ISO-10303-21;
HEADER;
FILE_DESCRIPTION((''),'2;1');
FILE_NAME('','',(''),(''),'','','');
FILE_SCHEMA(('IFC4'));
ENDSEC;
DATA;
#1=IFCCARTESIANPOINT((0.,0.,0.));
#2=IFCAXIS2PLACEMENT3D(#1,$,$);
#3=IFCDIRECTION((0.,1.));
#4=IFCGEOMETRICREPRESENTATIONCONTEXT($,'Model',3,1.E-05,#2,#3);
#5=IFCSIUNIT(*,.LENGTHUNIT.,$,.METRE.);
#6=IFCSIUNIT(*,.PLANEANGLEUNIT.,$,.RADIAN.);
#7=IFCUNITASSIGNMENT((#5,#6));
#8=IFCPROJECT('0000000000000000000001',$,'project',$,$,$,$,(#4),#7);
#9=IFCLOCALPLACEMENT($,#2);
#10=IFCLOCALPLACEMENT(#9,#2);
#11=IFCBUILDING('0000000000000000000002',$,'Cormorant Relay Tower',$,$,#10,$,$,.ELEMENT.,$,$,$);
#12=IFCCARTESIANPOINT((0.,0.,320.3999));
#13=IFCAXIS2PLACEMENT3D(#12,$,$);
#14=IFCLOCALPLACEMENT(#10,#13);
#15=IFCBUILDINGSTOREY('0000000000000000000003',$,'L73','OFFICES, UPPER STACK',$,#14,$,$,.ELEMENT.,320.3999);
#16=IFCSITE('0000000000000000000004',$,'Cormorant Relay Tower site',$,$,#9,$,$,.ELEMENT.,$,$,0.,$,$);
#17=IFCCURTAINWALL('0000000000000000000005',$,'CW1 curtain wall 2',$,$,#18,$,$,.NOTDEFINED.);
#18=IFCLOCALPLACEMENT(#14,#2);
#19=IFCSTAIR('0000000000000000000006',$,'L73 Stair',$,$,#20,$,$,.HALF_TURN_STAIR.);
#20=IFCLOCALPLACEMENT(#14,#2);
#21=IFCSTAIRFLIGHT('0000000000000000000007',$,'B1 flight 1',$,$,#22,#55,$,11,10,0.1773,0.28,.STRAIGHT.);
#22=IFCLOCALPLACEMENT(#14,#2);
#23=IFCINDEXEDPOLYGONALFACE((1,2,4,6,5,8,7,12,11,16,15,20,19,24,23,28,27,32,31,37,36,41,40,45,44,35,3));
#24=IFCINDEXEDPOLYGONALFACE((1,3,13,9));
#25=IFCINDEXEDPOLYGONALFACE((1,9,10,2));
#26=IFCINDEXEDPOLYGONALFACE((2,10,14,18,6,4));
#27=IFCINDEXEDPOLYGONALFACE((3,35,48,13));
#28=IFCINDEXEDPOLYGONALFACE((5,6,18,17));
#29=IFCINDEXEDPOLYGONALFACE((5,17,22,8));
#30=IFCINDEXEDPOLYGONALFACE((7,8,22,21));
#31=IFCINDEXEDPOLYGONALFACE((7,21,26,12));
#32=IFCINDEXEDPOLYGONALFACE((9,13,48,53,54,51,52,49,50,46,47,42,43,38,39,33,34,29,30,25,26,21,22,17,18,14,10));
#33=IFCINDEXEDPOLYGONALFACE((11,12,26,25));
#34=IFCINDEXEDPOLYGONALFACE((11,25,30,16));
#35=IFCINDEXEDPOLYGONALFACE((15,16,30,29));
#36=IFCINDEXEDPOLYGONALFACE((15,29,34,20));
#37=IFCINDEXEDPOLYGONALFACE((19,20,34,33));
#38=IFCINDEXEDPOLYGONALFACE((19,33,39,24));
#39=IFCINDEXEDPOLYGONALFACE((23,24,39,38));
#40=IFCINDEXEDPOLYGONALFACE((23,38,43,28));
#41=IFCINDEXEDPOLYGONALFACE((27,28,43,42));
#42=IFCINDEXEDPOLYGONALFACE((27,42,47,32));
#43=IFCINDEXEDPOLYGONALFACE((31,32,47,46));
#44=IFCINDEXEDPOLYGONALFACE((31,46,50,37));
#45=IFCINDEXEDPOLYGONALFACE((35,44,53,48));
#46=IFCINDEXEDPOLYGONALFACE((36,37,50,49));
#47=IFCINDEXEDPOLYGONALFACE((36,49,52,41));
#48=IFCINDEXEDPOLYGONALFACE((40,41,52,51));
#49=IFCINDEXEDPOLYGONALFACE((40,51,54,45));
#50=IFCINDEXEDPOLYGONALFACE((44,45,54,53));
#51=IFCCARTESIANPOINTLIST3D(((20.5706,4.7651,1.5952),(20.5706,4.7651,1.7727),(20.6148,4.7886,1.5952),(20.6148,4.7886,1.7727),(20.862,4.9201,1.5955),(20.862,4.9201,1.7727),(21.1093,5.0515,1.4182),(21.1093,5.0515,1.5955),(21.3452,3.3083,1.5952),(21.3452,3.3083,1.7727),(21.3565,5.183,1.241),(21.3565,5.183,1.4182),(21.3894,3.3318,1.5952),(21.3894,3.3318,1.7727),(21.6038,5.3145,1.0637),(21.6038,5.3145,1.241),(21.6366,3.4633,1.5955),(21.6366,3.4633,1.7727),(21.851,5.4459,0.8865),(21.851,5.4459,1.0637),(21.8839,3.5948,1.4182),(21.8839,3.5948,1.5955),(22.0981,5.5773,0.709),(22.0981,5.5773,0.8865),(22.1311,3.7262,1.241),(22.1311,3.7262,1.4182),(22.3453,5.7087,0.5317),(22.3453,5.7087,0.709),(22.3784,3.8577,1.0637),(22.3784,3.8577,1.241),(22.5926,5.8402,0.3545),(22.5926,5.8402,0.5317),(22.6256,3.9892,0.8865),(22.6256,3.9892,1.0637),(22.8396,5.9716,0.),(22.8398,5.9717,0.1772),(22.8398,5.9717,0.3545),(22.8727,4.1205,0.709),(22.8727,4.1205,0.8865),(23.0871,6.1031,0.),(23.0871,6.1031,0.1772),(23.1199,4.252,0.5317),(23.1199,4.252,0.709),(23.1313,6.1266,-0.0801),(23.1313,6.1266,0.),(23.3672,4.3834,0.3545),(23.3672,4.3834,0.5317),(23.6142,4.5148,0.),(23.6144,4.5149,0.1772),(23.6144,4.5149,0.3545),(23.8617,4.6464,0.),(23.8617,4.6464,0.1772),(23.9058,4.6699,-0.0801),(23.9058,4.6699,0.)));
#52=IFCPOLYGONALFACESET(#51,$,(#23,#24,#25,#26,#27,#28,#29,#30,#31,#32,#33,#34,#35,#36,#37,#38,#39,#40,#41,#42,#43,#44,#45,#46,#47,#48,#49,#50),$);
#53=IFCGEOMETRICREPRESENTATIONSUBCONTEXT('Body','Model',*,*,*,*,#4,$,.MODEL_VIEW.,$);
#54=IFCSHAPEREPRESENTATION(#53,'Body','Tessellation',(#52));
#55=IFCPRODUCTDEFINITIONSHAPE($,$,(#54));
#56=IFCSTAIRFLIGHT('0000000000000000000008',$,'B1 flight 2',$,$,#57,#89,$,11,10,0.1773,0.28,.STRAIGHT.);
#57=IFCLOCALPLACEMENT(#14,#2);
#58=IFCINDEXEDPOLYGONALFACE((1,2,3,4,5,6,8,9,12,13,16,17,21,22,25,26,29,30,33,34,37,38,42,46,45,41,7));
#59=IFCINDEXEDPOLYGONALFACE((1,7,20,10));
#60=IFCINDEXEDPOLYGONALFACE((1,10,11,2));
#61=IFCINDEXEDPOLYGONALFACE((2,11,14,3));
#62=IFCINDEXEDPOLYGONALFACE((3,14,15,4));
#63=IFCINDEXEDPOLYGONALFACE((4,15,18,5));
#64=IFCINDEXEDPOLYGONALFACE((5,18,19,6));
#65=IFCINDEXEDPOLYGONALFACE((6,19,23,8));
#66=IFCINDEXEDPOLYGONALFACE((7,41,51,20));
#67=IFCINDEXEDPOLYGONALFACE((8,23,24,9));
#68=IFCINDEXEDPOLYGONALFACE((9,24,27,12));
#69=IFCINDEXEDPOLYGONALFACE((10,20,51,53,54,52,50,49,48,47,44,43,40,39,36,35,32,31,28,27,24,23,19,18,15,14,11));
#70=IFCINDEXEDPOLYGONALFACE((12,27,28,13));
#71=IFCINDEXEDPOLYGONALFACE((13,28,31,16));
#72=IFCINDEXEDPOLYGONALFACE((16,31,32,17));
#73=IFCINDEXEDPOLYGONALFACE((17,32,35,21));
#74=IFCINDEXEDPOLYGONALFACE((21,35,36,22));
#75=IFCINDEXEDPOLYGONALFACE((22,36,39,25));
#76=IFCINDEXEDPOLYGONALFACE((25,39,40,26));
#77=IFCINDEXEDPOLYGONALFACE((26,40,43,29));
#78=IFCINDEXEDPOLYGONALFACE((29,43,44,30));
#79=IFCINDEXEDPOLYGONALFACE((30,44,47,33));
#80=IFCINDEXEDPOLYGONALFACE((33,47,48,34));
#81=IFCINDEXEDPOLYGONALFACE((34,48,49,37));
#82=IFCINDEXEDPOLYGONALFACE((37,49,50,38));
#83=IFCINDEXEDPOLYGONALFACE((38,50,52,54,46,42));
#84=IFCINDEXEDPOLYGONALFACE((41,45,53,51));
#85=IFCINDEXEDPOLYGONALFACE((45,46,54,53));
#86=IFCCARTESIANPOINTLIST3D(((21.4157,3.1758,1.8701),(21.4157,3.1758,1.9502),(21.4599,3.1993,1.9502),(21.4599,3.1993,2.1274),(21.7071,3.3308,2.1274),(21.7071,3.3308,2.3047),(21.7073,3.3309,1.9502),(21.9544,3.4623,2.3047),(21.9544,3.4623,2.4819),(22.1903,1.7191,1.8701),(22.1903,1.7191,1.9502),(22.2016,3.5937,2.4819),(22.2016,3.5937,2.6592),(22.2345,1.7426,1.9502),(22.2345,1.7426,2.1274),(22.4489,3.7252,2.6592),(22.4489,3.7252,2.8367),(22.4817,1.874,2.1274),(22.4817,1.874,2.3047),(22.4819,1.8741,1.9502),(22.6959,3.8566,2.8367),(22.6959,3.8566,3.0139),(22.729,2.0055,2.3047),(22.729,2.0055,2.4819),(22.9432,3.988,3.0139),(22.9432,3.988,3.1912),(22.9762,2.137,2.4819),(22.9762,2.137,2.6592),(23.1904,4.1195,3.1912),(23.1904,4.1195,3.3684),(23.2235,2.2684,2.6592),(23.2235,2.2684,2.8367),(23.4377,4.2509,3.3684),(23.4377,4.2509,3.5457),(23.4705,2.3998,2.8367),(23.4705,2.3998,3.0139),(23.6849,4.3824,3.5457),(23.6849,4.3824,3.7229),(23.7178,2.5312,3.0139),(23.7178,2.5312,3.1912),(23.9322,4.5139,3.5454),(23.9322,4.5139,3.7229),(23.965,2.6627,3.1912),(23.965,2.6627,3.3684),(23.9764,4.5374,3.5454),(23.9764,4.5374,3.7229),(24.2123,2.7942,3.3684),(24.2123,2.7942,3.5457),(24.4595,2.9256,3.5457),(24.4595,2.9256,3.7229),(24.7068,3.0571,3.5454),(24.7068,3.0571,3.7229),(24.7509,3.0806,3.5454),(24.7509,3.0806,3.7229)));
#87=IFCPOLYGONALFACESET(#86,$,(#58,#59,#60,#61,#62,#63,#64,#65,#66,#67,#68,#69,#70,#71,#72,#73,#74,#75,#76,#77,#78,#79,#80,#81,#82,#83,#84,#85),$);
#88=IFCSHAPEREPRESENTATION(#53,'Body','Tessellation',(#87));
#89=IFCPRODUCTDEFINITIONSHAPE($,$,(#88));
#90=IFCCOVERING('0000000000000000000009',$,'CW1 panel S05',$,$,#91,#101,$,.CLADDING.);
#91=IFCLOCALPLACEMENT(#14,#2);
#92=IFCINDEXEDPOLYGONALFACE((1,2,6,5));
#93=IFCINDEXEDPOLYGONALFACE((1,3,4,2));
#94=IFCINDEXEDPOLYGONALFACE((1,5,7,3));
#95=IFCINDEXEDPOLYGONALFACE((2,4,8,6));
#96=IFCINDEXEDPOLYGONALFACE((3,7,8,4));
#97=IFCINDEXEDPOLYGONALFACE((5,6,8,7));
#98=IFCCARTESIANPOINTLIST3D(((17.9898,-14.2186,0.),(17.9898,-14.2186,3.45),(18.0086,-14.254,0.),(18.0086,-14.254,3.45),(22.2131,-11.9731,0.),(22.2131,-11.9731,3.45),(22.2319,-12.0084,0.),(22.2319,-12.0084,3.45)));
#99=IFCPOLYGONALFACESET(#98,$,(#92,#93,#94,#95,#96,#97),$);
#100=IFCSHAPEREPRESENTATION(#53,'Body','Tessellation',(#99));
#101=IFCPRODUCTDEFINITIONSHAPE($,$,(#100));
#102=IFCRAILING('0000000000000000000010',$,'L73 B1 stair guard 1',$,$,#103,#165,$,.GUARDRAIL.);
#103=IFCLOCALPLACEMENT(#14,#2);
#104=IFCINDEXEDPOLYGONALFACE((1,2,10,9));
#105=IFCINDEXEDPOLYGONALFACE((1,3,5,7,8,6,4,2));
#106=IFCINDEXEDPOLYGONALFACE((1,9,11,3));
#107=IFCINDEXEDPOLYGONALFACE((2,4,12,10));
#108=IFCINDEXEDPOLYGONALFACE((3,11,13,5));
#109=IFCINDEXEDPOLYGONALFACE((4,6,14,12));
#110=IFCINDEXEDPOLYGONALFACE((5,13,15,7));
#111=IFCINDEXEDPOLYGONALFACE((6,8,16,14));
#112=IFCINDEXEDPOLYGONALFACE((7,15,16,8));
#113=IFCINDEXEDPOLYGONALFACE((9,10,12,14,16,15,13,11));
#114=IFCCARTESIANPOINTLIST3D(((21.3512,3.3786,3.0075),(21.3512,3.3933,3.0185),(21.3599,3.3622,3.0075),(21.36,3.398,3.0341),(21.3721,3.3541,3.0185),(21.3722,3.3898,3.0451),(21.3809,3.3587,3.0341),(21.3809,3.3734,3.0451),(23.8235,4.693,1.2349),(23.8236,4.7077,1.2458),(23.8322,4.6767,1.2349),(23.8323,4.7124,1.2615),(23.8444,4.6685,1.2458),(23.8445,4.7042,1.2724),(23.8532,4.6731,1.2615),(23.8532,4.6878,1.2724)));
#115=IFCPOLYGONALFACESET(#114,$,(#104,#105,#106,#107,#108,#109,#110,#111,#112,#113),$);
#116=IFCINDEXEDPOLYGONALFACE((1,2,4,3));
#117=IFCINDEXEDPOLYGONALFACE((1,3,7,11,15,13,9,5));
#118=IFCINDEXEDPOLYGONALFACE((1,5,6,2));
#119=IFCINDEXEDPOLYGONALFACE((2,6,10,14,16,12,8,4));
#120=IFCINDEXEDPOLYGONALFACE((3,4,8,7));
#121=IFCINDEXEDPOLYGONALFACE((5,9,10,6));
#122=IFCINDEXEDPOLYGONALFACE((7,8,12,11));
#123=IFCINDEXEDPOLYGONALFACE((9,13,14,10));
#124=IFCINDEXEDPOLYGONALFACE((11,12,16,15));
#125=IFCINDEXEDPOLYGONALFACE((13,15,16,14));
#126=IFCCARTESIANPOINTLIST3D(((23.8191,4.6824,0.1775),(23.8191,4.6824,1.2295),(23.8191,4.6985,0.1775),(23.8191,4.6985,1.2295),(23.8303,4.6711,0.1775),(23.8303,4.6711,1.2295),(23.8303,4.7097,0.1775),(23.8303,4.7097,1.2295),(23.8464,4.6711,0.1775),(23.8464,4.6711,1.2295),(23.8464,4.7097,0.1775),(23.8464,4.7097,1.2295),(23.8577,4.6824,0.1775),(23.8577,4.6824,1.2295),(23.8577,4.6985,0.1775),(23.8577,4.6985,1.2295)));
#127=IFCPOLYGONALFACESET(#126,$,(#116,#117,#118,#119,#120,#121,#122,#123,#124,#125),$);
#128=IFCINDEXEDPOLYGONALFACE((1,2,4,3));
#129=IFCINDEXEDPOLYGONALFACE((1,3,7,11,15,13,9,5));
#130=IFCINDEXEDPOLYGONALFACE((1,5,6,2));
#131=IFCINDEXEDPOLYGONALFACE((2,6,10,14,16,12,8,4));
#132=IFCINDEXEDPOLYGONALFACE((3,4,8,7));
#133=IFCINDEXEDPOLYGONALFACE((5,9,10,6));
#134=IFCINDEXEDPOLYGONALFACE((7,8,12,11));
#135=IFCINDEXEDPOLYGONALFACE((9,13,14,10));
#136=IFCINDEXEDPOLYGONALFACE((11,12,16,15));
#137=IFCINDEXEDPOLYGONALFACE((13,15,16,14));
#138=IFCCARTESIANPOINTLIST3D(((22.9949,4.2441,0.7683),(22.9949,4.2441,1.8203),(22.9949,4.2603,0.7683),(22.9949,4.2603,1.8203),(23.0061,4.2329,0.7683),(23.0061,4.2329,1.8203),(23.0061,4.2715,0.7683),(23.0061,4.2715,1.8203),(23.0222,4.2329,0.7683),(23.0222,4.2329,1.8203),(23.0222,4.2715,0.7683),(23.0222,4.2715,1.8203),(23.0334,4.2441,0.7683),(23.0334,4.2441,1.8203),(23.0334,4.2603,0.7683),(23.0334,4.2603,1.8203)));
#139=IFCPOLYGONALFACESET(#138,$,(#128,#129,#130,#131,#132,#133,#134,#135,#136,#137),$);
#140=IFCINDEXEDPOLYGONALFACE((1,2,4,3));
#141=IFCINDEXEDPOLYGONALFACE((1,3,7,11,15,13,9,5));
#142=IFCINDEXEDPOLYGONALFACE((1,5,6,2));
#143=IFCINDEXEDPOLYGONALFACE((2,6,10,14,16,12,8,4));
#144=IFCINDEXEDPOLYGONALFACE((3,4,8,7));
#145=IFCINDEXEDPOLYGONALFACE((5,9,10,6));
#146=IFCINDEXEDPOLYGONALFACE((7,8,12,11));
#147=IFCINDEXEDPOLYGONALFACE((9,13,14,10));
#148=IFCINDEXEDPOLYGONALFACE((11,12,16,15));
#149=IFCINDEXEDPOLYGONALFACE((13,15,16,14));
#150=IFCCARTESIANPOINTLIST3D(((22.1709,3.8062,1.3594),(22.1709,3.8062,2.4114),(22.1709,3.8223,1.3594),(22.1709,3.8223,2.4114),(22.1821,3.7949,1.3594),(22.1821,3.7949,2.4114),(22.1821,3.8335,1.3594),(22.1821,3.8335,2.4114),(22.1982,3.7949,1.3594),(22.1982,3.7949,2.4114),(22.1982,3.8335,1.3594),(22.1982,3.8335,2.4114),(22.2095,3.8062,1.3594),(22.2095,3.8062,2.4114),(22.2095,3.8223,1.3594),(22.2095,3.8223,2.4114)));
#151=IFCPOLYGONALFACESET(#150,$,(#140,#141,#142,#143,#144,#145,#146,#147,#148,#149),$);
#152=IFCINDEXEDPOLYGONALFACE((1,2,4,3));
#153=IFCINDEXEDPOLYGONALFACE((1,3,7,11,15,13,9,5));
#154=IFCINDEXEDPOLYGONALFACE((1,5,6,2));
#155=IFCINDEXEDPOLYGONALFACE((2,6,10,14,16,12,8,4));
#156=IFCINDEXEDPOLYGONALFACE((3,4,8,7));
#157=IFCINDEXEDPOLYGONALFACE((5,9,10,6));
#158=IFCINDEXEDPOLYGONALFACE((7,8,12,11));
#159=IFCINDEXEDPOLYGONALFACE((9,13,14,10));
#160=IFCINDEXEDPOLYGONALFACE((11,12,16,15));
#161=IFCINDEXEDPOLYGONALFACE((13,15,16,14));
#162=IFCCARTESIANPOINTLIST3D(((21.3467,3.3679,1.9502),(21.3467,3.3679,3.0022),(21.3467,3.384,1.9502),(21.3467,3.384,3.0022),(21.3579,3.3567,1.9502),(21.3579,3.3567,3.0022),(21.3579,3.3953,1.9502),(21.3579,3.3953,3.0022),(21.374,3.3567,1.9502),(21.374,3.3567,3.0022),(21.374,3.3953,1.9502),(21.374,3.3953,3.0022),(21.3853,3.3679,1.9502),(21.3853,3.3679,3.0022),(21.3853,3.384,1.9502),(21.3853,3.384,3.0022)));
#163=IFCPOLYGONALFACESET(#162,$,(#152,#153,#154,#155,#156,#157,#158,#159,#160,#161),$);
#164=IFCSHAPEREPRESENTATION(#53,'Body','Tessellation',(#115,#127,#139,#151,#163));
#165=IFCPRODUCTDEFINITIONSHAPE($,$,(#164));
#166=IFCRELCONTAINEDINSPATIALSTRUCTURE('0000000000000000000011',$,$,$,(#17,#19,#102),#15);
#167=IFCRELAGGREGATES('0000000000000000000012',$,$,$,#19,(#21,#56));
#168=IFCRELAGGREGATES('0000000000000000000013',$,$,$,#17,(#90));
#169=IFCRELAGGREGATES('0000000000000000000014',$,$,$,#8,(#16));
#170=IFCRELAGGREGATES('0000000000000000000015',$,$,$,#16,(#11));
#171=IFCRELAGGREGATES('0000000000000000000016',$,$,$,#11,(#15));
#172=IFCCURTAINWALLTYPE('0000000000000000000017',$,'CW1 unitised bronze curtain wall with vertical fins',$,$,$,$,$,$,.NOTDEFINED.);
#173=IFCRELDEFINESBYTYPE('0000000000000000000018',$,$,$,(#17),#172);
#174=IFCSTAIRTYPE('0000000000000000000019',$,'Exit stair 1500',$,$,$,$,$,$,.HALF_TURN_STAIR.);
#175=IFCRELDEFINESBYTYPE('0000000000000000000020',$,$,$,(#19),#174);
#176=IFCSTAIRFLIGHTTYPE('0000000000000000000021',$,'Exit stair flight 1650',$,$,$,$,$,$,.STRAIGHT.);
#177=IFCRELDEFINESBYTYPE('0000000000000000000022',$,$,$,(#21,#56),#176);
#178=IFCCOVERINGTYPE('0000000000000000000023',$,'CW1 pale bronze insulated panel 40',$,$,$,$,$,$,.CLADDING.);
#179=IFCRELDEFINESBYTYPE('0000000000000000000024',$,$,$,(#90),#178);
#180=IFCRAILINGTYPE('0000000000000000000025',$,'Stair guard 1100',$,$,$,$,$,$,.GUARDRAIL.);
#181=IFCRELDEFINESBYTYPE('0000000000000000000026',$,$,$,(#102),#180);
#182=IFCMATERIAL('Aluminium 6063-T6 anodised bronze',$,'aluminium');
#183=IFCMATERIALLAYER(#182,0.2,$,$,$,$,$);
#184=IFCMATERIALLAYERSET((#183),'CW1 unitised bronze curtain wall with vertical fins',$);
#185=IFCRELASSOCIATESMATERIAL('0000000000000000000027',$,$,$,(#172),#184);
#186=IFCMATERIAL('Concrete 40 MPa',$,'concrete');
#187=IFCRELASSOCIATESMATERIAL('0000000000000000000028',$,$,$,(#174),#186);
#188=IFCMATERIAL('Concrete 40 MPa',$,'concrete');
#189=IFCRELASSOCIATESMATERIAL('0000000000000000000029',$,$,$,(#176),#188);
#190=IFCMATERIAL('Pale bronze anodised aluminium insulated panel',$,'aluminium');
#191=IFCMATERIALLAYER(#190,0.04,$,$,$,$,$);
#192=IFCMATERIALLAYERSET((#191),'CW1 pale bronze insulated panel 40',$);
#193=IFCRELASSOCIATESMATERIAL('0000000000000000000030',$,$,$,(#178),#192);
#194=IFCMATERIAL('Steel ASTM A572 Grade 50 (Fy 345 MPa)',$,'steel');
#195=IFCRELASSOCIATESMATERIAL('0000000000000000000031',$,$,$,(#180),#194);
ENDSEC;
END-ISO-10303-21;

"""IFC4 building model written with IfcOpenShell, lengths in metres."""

from ifc_helpers import new_model, si_unit, direction, frame, origin, origin_2d, place, context, subcontext, project, spatial, polyline, rectangle, outline, extrude, material, layer, layer_set, type_object, element, aggregate, save


model = new_model("IFC4")

# Units and contexts
model_context = context("Model", 3, precision=1e-05, world=origin(), true_north=direction((0.0, 1.0)))
body_context = subcontext(model_context, "Body", "Model", "MODEL_VIEW")
ifc_project = project(units=[si_unit("LENGTHUNIT", "METRE"), si_unit("PLANEANGLEUNIT", "RADIAN")], contexts=[model_context])

# Site, building, storey
site_placement = place(None, origin())
site = spatial("IfcSite", under=ifc_project, at=site_placement, Name="Cormorant Relay Tower site", CompositionType="ELEMENT", RefElevation=0.0)
building_placement = place(site_placement, origin())
building = spatial("IfcBuilding", under=site, at=building_placement, Name="Cormorant Relay Tower", CompositionType="ELEMENT")
storey_placement = place(building_placement, frame((0.0, 0.0, 320.3999)))
storey = spatial("IfcBuildingStorey", under=building, at=storey_placement, Name="L73", Description="OFFICES, UPPER STACK", CompositionType="ELEMENT", Elevation=320.3999)

# Curtain wall
ifc_material_1 = material(Name="Aluminium 6063-T6 anodised bronze", Category="aluminium")
ifc_layer_1 = layer(ifc_material_1, 0.2)
ifc_layer_set_1 = layer_set([ifc_layer_1], Name="CW1 unitised bronze curtain wall with vertical fins")
curtain_wall_type = type_object("IfcCurtainWallType", Name="CW1 unitised bronze curtain wall with vertical fins", PredefinedType="NOTDEFINED", material=ifc_layer_set_1)
curtain_wall_placement = place(storey_placement, origin())
curtain_wall = element("IfcCurtainWall", 1, at=curtain_wall_placement, inside=storey, type_object=curtain_wall_type, Name="CW1 curtain wall 2", PredefinedType="NOTDEFINED")

# Stair, stair flights
ifc_material_2 = material(Name="Concrete 40 MPa", Category="concrete")
stair_type = type_object("IfcStairType", Name="Exit stair 1500", PredefinedType="HALF_TURN_STAIR", material=ifc_material_2)
stair_placement = place(storey_placement, origin())
stair = element("IfcStair", 2, at=stair_placement, inside=storey, type_object=stair_type, Name="L73 Stair", PredefinedType="HALF_TURN_STAIR")
ifc_material_3 = material(Name="Concrete 40 MPa", Category="concrete")
stair_flight_type = type_object("IfcStairFlightType", Name="Exit stair flight 1650", PredefinedType="STRAIGHT", material=ifc_material_3)
stair_flight_1_placement = place(storey_placement, frame((23.4744, 5.3748, 0.0), z_axis=(0.0, 0.0, 1.0), x_axis=(-0.882948, -0.469472, 0.0)))
stair_flight_1 = element("IfcStairFlight", 3, at=stair_flight_1_placement, type_object=stair_flight_type, Name="B1 flight 1", NumberOfRisers=11, NumberOfTreads=10, PredefinedType="STRAIGHT", RiserHeight=0.1773, TreadLength=0.28, context=body_context, shape_type="SweptSolid", body=[
    extrude(outline(polyline([(-0.05, -0.0801), (-0.05, 0.0), (0.0, 0.0), (0.0, 0.1772), (0.28, 0.1772), (0.28, 0.3545), (0.5601, 0.3545), (0.5601, 0.5317), (0.8401, 0.5317), (0.8401, 0.709), (1.1201, 0.709), (1.1201, 0.8865), (1.3999, 0.8865), (1.3999, 1.0637), (1.6799, 1.0637), (1.6799, 1.241), (1.96, 1.241), (1.96, 1.4182), (2.24, 1.4182), (2.24, 1.5955), (2.52, 1.5955), (2.52, 1.7727), (2.8, 1.7727), (2.8501, 1.7727), (2.8501, 1.5952), (2.8, 1.5952), (0.2803, 0.0), (-0.05, -0.0801)])), frame((0.0, 0.825, 0.0), z_axis=(0.0, -1.0, 0.0), x_axis=(1.0, 0.0, 0.0)), (0.0, 0.0, 1.0), 1.6499),
])
stair_flight_2_placement = place(storey_placement, frame((21.8472, 2.4709, 1.9502), z_axis=(0.0, 0.0, 1.0), x_axis=(0.882948, 0.469472, 0.0)))
stair_flight_2 = element("IfcStairFlight", 4, at=stair_flight_2_placement, type_object=stair_flight_type, Name="B1 flight 2", NumberOfRisers=11, NumberOfTreads=10, PredefinedType="STRAIGHT", RiserHeight=0.1773, TreadLength=0.28, context=body_context, shape_type="SweptSolid", body=[
    extrude(outline(polyline([(-0.05, -0.0801), (-0.05, 0.0), (0.0, 0.0), (0.0, 0.1772), (0.28, 0.1772), (0.28, 0.3545), (0.5601, 0.3545), (0.5601, 0.5317), (0.8401, 0.5317), (0.8401, 0.709), (1.1201, 0.709), (1.1201, 0.8865), (1.3999, 0.8865), (1.3999, 1.0637), (1.6799, 1.0637), (1.6799, 1.241), (1.96, 1.241), (1.96, 1.4182), (2.24, 1.4182), (2.24, 1.5955), (2.52, 1.5955), (2.52, 1.7727), (2.8, 1.7727), (2.8501, 1.7727), (2.8501, 1.5952), (2.8, 1.5952), (0.2803, 0.0), (-0.05, -0.0801)])), frame((0.0, 0.825, 0.0), z_axis=(0.0, -1.0, 0.0), x_axis=(1.0, 0.0, 0.0)), (0.0, 0.0, 1.0), 1.6499),
])
aggregate(stair, [stair_flight_1, stair_flight_2])

# Covering
ifc_material_4 = material(Name="Pale bronze anodised aluminium insulated panel", Category="aluminium")
ifc_layer_2 = layer(ifc_material_4, 0.04)
ifc_layer_set_2 = layer_set([ifc_layer_2], Name="CW1 pale bronze insulated panel 40")
covering_type = type_object("IfcCoveringType", Name="CW1 pale bronze insulated panel 40", PredefinedType="CLADDING", material=ifc_layer_set_2)
covering_placement = place(storey_placement, frame((20.1108, -13.1135, 0.0), z_axis=(0.0, 0.0, 1.0), x_axis=(0.882948, 0.469472, 0.0)))
covering = element("IfcCovering", 5, at=covering_placement, type_object=covering_type, Name="CW1 panel S05", PredefinedType="CLADDING", context=body_context, shape_type="SweptSolid", body=[
    extrude(rectangle(XDim=4.7832, YDim=0.04, at=origin_2d()), origin(), (0.0, 0.0, 1.0), 3.45),
])
aggregate(curtain_wall, [covering])

# Railing
ifc_material_5 = material(Name="Steel ASTM A572 Grade 50 (Fy 345 MPa)", Category="steel")
railing_type_1 = type_object("IfcRailingType", Name="Stair guard 1100", PredefinedType="GUARDRAIL", material=ifc_material_5)
railing_1_placement = place(storey_placement, frame((23.8384, 4.6904, 0.1775)))
element("IfcRailing", 6, at=railing_1_placement, inside=storey, type_object=railing_type_1, Name="L73 B1 stair guard 1", PredefinedType="GUARDRAIL", context=body_context, shape_type="SweptSolid", body=[
    extrude(outline(polyline([(0.0222, 0.0093), (0.0093, 0.0222), (-0.0093, 0.0222), (-0.0222, 0.0093), (-0.0222, -0.0093), (-0.0093, -0.0222), (0.0093, -0.0222), (0.0222, -0.0093), (0.0222, 0.0093)])), frame((0.0, 0.0, 1.0762), z_axis=(-0.746034, -0.396627, 0.534902), x_axis=(0.469429, -0.88297, 0.0)), (0.0, 0.0, 1.0), 3.314),
    extrude(outline(polyline([(0.0193, 0.0081), (0.0081, 0.0193), (-0.0081, 0.0193), (-0.0193, 0.0081), (-0.0193, -0.0081), (-0.0081, -0.0193), (0.0081, -0.0193), (0.0193, -0.0081), (0.0193, 0.0081)])), origin(), (0.0, 0.0, 1.0), 1.052),
    extrude(outline(polyline([(0.0193, 0.0081), (0.0081, 0.0193), (-0.0081, 0.0193), (-0.0193, 0.0081), (-0.0193, -0.0081), (-0.0081, -0.0193), (0.0081, -0.0193), (0.0193, -0.0081), (0.0193, 0.0081)])), frame((-0.8242, -0.4382, 0.5908)), (0.0, 0.0, 1.0), 1.052),
    extrude(outline(polyline([(0.0193, 0.0081), (0.0081, 0.0193), (-0.0081, 0.0193), (-0.0193, 0.0081), (-0.0193, -0.0081), (-0.0081, -0.0193), (0.0081, -0.0193), (0.0193, -0.0081), (0.0193, 0.0081)])), frame((-1.6482, -0.8762, 1.1819)), (0.0, 0.0, 1.0), 1.052),
    extrude(outline(polyline([(0.0193, 0.0081), (0.0081, 0.0193), (-0.0081, 0.0193), (-0.0193, 0.0081), (-0.0193, -0.0081), (-0.0081, -0.0193), (0.0081, -0.0193), (0.0193, -0.0081), (0.0193, 0.0081)])), frame((-2.4724, -1.3145, 1.7727)), (0.0, 0.0, 1.0), 1.052),
])

save(model, "model.ifc")
